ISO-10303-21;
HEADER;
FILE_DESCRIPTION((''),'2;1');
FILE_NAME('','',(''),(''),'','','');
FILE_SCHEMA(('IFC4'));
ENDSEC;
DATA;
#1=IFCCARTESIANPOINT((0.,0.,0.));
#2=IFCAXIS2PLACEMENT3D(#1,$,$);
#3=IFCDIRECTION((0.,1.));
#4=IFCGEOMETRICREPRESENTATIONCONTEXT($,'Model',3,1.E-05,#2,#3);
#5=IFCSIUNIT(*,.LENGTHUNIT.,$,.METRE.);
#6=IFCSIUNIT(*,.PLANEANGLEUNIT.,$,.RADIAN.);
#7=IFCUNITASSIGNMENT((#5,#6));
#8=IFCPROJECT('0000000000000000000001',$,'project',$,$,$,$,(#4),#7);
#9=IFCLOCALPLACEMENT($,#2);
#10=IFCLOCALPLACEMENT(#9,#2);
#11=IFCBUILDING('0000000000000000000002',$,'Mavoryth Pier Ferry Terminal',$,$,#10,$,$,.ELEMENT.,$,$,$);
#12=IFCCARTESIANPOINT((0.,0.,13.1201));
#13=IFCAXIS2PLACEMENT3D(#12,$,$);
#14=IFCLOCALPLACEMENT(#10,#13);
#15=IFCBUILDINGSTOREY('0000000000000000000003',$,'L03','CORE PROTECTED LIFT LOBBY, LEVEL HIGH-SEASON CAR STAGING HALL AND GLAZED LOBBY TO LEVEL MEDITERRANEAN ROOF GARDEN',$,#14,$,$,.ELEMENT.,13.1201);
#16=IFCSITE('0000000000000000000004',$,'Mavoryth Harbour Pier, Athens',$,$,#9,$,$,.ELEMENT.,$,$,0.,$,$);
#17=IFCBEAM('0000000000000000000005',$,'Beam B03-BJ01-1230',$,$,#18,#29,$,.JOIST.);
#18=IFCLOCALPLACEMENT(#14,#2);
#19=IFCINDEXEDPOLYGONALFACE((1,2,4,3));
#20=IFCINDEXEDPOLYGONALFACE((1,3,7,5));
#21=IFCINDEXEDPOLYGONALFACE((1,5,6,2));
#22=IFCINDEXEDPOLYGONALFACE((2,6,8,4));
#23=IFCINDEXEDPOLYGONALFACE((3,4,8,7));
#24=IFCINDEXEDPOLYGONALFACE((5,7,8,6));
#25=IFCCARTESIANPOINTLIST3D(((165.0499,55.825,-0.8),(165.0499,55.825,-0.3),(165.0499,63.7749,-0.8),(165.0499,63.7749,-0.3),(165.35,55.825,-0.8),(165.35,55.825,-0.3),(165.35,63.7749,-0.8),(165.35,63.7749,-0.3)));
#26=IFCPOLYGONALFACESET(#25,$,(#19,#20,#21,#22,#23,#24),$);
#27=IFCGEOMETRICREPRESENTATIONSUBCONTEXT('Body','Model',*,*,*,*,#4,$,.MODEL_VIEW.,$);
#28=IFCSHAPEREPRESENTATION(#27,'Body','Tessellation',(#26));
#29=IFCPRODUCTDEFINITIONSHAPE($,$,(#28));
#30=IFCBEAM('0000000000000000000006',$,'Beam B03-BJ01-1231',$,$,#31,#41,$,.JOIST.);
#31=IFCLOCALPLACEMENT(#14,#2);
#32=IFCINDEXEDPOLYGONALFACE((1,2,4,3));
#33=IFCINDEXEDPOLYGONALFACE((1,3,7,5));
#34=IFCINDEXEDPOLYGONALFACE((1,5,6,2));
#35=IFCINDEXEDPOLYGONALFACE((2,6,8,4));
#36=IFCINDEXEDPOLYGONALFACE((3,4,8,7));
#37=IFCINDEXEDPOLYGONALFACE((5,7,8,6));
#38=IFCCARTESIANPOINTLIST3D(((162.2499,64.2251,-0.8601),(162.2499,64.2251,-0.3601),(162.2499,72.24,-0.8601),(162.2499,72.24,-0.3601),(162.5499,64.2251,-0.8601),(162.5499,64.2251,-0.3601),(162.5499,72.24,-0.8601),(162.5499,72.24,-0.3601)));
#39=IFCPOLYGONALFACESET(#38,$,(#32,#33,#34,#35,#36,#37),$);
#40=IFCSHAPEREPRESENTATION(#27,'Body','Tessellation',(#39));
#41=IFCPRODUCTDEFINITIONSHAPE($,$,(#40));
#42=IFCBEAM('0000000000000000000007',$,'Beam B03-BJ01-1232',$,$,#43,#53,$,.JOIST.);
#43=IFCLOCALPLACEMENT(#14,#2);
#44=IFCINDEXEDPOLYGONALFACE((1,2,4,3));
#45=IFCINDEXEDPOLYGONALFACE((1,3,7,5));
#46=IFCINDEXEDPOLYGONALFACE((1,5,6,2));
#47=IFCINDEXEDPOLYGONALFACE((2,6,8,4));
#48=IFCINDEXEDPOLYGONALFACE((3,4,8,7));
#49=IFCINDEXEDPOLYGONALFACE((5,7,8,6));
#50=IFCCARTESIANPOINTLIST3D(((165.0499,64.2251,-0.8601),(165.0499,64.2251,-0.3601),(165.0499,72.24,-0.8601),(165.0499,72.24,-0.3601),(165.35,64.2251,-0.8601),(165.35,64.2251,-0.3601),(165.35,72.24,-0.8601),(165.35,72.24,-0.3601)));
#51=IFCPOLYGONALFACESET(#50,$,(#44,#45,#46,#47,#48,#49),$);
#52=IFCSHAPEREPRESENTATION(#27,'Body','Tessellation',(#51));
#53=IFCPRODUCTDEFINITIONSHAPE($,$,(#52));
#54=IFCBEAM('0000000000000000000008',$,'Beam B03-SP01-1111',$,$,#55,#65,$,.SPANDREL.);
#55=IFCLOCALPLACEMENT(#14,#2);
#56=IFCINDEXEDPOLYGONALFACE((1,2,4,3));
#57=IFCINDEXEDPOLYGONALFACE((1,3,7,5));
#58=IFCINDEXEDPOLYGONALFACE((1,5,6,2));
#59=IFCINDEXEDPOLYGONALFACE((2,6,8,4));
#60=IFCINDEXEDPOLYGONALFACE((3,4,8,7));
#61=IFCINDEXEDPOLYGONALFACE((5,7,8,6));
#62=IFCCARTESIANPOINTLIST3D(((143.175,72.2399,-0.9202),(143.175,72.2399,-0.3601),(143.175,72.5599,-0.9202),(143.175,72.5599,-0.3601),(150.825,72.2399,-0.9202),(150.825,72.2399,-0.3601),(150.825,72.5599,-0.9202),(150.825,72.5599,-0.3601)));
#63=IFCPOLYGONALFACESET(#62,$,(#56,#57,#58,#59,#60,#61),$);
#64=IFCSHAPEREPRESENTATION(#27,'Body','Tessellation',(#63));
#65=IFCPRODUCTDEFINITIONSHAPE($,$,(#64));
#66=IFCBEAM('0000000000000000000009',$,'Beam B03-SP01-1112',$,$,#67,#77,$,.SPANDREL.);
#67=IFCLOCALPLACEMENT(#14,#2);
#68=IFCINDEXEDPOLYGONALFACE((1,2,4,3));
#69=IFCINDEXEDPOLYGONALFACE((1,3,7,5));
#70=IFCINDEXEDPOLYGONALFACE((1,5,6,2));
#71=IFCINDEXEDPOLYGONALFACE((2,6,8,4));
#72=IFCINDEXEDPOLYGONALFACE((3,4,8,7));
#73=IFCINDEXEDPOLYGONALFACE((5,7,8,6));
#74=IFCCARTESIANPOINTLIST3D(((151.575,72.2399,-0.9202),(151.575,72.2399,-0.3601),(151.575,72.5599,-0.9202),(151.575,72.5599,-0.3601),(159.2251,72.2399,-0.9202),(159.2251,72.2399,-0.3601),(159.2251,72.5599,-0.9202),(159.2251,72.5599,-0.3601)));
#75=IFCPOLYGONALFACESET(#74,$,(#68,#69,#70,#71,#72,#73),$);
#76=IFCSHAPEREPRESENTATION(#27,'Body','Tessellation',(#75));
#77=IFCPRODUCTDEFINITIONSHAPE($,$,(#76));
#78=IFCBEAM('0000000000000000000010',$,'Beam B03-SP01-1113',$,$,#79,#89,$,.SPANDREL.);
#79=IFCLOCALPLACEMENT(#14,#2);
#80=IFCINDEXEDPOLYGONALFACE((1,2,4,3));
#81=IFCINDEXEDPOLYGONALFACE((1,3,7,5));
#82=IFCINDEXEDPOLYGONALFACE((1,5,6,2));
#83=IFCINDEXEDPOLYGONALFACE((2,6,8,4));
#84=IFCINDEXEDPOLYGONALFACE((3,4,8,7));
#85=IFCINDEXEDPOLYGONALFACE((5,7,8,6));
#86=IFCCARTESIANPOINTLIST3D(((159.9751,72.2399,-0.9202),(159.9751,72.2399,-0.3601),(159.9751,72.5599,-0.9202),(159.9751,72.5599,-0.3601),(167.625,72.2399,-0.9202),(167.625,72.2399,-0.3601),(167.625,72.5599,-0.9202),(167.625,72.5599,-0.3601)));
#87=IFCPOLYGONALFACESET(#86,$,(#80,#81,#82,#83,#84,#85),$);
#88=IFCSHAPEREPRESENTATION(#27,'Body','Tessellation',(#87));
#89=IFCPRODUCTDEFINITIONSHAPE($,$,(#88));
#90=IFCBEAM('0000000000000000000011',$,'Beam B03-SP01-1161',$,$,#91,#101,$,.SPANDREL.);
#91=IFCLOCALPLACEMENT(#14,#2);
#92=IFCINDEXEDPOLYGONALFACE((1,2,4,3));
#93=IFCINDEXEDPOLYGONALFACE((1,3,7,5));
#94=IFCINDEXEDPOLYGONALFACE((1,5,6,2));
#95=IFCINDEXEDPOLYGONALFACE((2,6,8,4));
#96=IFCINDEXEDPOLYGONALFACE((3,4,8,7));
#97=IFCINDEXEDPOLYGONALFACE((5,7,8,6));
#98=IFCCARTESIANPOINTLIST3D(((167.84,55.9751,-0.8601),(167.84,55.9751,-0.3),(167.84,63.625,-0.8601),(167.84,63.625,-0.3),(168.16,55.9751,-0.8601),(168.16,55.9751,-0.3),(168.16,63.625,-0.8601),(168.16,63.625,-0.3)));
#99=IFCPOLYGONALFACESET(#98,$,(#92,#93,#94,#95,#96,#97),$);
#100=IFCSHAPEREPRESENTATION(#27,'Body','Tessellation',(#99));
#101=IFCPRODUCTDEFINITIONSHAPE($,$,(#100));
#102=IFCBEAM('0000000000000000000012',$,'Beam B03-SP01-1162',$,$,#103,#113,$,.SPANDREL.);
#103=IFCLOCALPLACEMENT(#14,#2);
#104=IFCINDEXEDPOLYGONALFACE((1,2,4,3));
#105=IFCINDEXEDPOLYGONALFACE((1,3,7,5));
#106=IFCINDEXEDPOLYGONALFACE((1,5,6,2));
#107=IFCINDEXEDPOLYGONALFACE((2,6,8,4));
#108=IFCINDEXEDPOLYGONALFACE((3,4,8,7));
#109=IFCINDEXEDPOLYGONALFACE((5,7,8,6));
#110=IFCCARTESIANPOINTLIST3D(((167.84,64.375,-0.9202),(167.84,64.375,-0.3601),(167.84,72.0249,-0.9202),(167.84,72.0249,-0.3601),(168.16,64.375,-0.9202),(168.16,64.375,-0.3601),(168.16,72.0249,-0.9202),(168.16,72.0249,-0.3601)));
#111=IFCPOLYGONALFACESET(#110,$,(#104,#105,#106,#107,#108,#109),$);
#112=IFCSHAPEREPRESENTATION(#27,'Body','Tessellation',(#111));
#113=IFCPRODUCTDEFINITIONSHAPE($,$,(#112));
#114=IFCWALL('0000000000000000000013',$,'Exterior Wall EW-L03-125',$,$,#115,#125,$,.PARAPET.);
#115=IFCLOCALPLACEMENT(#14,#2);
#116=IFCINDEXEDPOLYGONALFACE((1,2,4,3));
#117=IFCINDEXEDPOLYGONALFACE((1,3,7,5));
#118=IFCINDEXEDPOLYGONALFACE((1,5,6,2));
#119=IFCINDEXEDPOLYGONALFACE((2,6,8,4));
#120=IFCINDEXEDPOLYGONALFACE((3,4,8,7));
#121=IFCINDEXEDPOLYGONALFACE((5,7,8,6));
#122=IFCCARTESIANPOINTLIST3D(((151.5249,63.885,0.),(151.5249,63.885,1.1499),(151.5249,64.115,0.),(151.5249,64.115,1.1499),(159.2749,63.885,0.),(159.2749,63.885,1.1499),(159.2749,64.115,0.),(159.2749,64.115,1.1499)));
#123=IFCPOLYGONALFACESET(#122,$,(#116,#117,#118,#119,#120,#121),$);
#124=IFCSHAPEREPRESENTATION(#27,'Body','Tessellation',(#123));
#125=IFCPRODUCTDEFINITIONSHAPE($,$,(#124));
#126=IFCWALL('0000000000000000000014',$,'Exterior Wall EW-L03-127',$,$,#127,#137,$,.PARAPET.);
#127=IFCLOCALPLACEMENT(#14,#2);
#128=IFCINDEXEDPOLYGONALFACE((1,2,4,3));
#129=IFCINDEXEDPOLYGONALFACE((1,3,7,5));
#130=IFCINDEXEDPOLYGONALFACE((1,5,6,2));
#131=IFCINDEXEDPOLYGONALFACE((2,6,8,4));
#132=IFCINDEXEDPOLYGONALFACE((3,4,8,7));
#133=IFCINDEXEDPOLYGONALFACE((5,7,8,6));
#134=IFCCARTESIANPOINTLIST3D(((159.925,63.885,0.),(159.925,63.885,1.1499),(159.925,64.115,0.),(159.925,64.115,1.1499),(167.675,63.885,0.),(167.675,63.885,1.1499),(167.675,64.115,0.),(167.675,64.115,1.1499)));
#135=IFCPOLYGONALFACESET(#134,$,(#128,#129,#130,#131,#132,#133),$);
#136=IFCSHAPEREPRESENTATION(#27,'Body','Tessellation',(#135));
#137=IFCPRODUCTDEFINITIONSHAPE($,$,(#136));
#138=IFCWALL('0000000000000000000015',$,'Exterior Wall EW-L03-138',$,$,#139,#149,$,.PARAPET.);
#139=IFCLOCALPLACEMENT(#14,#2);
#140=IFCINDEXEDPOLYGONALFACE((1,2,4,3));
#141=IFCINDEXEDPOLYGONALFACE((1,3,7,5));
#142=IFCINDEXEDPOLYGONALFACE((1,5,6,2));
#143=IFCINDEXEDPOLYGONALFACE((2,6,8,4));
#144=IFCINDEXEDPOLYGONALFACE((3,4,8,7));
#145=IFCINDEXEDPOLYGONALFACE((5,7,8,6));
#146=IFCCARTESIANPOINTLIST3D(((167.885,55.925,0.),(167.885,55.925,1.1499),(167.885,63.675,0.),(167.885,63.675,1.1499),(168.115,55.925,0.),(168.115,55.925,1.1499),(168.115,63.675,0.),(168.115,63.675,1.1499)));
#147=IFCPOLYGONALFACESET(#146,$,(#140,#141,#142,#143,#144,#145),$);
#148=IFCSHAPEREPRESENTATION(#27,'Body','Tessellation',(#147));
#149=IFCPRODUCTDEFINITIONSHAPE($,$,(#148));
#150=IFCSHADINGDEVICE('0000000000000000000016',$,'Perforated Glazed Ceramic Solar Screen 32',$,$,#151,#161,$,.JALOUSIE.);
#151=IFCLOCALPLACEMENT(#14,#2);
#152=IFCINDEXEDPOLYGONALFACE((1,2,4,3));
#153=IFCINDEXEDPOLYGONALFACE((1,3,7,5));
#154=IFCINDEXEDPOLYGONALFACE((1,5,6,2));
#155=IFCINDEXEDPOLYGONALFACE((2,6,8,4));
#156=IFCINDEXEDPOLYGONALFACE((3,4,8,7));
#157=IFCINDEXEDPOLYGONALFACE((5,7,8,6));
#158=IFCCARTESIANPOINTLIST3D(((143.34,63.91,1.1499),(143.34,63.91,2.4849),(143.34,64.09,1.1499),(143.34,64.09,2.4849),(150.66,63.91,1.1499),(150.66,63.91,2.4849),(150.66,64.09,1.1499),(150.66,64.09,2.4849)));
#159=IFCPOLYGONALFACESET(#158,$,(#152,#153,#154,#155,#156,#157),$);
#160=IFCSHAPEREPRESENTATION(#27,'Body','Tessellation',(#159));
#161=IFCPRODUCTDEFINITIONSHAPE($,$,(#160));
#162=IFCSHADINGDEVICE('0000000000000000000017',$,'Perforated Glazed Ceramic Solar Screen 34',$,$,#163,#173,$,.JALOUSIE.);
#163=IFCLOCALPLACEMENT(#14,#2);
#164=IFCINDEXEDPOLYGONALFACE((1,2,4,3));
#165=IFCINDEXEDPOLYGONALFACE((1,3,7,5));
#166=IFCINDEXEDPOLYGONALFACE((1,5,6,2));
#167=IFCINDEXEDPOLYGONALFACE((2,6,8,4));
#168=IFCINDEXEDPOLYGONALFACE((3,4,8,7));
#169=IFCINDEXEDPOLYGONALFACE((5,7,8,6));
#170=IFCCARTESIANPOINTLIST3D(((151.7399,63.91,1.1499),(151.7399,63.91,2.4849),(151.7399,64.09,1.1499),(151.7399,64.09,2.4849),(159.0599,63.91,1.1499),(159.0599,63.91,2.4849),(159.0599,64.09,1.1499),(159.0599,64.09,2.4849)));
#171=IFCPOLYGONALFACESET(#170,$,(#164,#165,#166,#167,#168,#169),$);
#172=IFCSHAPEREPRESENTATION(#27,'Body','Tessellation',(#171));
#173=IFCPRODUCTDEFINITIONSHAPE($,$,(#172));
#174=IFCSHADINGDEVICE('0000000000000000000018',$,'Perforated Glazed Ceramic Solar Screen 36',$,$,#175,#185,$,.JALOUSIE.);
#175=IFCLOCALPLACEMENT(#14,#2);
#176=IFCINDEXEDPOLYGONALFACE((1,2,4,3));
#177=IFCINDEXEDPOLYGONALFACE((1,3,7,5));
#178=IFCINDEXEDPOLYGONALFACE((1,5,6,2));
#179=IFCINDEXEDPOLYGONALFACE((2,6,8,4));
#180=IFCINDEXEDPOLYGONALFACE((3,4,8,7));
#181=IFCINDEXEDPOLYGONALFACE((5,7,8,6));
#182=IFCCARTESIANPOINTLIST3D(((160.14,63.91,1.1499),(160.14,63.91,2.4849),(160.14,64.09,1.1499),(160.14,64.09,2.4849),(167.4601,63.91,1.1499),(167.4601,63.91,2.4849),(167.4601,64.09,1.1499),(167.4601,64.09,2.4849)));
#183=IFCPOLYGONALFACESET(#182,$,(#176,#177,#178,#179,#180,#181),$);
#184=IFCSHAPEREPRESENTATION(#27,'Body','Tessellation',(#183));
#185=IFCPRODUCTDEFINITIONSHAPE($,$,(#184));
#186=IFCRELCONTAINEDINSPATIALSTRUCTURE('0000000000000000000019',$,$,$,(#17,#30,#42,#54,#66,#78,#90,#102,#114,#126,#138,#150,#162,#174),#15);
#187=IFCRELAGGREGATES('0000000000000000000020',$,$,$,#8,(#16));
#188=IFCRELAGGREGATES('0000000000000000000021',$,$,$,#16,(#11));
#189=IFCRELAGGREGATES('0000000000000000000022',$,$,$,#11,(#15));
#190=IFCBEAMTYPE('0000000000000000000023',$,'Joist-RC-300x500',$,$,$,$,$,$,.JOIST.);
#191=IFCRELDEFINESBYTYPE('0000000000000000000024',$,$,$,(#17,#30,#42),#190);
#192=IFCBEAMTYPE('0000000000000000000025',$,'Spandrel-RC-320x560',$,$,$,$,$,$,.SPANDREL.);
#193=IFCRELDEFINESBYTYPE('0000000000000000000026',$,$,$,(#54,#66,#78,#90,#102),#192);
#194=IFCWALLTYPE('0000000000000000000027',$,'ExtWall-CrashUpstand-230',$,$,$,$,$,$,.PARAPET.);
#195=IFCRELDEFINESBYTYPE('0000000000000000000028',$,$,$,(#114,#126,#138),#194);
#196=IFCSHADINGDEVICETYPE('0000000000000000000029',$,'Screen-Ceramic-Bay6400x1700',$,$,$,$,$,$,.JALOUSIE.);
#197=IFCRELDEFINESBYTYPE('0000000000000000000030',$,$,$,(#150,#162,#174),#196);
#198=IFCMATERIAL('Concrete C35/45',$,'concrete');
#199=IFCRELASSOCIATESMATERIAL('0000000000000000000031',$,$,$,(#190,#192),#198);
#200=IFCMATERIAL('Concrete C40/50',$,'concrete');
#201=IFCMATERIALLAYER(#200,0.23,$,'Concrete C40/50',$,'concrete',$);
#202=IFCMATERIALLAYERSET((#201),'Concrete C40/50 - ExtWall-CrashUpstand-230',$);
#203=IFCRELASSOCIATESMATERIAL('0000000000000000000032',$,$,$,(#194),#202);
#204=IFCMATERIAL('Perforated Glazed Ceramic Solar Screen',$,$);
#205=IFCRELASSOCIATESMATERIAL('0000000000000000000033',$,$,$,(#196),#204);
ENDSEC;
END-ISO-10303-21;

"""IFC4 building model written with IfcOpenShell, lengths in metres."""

from ifc_helpers import new_model, si_unit, direction, frame, frame_2d, origin, origin_2d, place, context, subcontext, project, spatial, rectangle, extrude, material, layer, layer_set, material_profile, profile_set, type_object, element, save


model = new_model("IFC4")

# Units and contexts
model_context = context("Model", 3, precision=1e-05, world=origin(), true_north=direction((0.0, 1.0)))
body_context = subcontext(model_context, "Body", "Model", "MODEL_VIEW")
ifc_project = project(units=[si_unit("LENGTHUNIT", "METRE"), si_unit("PLANEANGLEUNIT", "RADIAN")], contexts=[model_context])

# Site, building, storey
site_placement = place(None, origin())
site = spatial("IfcSite", under=ifc_project, at=site_placement, Name="Mavoryth Harbour Pier, Athens", CompositionType="ELEMENT", RefElevation=0.0)
building_placement = place(site_placement, origin())
building = spatial("IfcBuilding", under=site, at=building_placement, Name="Mavoryth Pier Ferry Terminal", CompositionType="ELEMENT")
storey_placement = place(building_placement, frame((0.0, 0.0, 13.1201)))
storey = spatial("IfcBuildingStorey", under=building, at=storey_placement, Name="L03", Description="CORE PROTECTED LIFT LOBBY, LEVEL HIGH-SEASON CAR STAGING HALL AND GLAZED LOBBY TO LEVEL MEDITERRANEAN ROOF GARDEN", CompositionType="ELEMENT", Elevation=13.1201)

# Shared definitions
ifc_material_1 = material(Name="Concrete C40/50", Category="concrete")

# Beams
ifc_material_2 = material(Name="Concrete C35/45", Category="concrete")
ifc_material_profile_1 = material_profile(ifc_material_2, rectangle(XDim=0.3, YDim=0.5, at=origin_2d()), Name="RC 300x500", Category="concrete")
ifc_profile_set_1 = profile_set([ifc_material_profile_1], Name="Concrete C35/45 - RC 300x500")
beam_type_1 = type_object("IfcBeamType", Name="Joist-RC-300x500", PredefinedType="JOIST", material=ifc_profile_set_1)
for number, where, z_axis, x_axis, name in (
    (1, (165.2, 55.825, -0.55), (0.0, 1.0, 0.0), (-1.0, 0.0, 0.0), "Beam B03-BJ01-1230"),
):
    element("IfcBeam", number, at=place(storey_placement, frame(where, z_axis=z_axis, x_axis=x_axis)), inside=storey, type_object=beam_type_1, Name=name, PredefinedType="JOIST", context=body_context, shape_type="SweptSolid", body=[
        extrude(rectangle(XDim=0.3, YDim=0.5, at=origin_2d()), origin(), (0.0, 0.0, 1.0), 7.95),
    ])
for number, where, z_axis, x_axis, name in (
    (2, (162.3999, 64.2251, -0.6101), (0.0, 1.0, 0.0), (-1.0, 0.0, 0.0), "Beam B03-BJ01-1231"),
    (3, (165.2, 64.2251, -0.6101), (0.0, 1.0, 0.0), (-1.0, 0.0, 0.0), "Beam B03-BJ01-1232"),
):
    element("IfcBeam", number, at=place(storey_placement, frame(where, z_axis=z_axis, x_axis=x_axis)), inside=storey, type_object=beam_type_1, Name=name, PredefinedType="JOIST", context=body_context, shape_type="SweptSolid", body=[
        extrude(rectangle(XDim=0.3, YDim=0.5, at=origin_2d()), origin(), (0.0, 0.0, 1.0), 8.0149),
    ])
ifc_material_profile_2 = material_profile(ifc_material_2, rectangle(XDim=0.3201, YDim=0.5601, at=origin_2d()), Name="RC 320x560", Category="concrete")
ifc_profile_set_2 = profile_set([ifc_material_profile_2], Name="Concrete C35/45 - RC 320x560")
beam_type_2 = type_object("IfcBeamType", Name="Spandrel-RC-320x560", PredefinedType="SPANDREL", material=ifc_profile_set_2)
beam_1_placement = place(storey_placement, frame((143.175, 72.3999, -0.6401), z_axis=(1.0, 0.0, 0.0), x_axis=(0.0, 1.0, 0.0)))
element("IfcBeam", 4, at=beam_1_placement, inside=storey, type_object=beam_type_2, Name="Beam B03-SP01-1111", PredefinedType="SPANDREL", context=body_context, shape_type="SweptSolid", body=[
    extrude(rectangle(XDim=0.3201, YDim=0.5601, at=origin_2d()), origin(), (0.0, 0.0, 1.0), 7.6499),
])
beam_2_placement = place(storey_placement, frame((151.575, 72.3999, -0.6401), z_axis=(1.0, 0.0, 0.0), x_axis=(0.0, 1.0, 0.0)))
element("IfcBeam", 5, at=beam_2_placement, inside=storey, type_object=beam_type_2, Name="Beam B03-SP01-1112", PredefinedType="SPANDREL", context=body_context, shape_type="SweptSolid", body=[
    extrude(rectangle(XDim=0.3201, YDim=0.5601, at=origin_2d()), origin(), (0.0, 0.0, 1.0), 7.6501),
])
for number, where, z_axis, x_axis, name in (
    (6, (159.9751, 72.3999, -0.6401), (1.0, 0.0, 0.0), (0.0, 1.0, 0.0), "Beam B03-SP01-1113"),
    (7, (168.0, 55.9751, -0.5801), (0.0, 1.0, 0.0), (-1.0, 0.0, 0.0), "Beam B03-SP01-1161"),
    (8, (168.0, 64.375, -0.6401), (0.0, 1.0, 0.0), (-1.0, 0.0, 0.0), "Beam B03-SP01-1162"),
):
    element("IfcBeam", number, at=place(storey_placement, frame(where, z_axis=z_axis, x_axis=x_axis)), inside=storey, type_object=beam_type_2, Name=name, PredefinedType="SPANDREL", context=body_context, shape_type="SweptSolid", body=[
        extrude(rectangle(XDim=0.3201, YDim=0.5601, at=origin_2d()), origin(), (0.0, 0.0, 1.0), 7.6499),
    ])

# Walls
ifc_layer = layer(ifc_material_1, 0.23, Name="Concrete C40/50", Category="concrete")
ifc_layer_set = layer_set([ifc_layer], Name="Concrete C40/50 - ExtWall-CrashUpstand-230")
wall_type = type_object("IfcWallType", Name="ExtWall-CrashUpstand-230", PredefinedType="PARAPET", material=ifc_layer_set)
for number, where, z_axis, x_axis, name in (
    (9, (151.5249, 64.0, 0.0), (0.0, 0.0, 1.0), (1.0, 0.0, 0.0), "Exterior Wall EW-L03-125"),
    (10, (159.925, 64.0, 0.0), (0.0, 0.0, 1.0), (1.0, 0.0, 0.0), "Exterior Wall EW-L03-127"),
    (11, (168.0, 55.925, 0.0), (0.0, 0.0, 1.0), (0.0, 1.0, 0.0), "Exterior Wall EW-L03-138"),
):
    element("IfcWall", number, at=place(storey_placement, frame(where, z_axis=z_axis, x_axis=x_axis)), inside=storey, type_object=wall_type, Name=name, PredefinedType="PARAPET", context=body_context, shape_type="SweptSolid", body=[
        extrude(rectangle(XDim=7.75, YDim=0.23, at=frame_2d((3.875, 0.0))), origin(), (0.0, 0.0, 1.0), 1.1499),
    ])

# Shading devices
ifc_material_3 = material(Name="Perforated Glazed Ceramic Solar Screen")
shading_device_type = type_object("IfcShadingDeviceType", Name="Screen-Ceramic-Bay6400x1700", PredefinedType="JALOUSIE", material=ifc_material_3)
for number, where, z_axis, x_axis, name in (
    (12, (147.0, 64.0, 1.1499), (0.0, 0.0, 1.0), (1.0, 0.0, 0.0), "Perforated Glazed Ceramic Solar Screen 32"),
    (13, (155.3999, 64.0, 1.1499), (0.0, 0.0, 1.0), (1.0, 0.0, 0.0), "Perforated Glazed Ceramic Solar Screen 34"),
    (14, (163.8, 64.0, 1.1499), (0.0, 0.0, 1.0), (1.0, 0.0, 0.0), "Perforated Glazed Ceramic Solar Screen 36"),
):
    element("IfcShadingDevice", number, at=place(storey_placement, frame(where, z_axis=z_axis, x_axis=x_axis)), inside=storey, type_object=shading_device_type, Name=name, PredefinedType="JALOUSIE", context=body_context, shape_type="SweptSolid", body=[
        extrude(rectangle(XDim=7.3201, YDim=0.1799, at=origin_2d()), origin(), (0.0, 0.0, 1.0), 1.335),
    ])

save(model, "model.ifc")
